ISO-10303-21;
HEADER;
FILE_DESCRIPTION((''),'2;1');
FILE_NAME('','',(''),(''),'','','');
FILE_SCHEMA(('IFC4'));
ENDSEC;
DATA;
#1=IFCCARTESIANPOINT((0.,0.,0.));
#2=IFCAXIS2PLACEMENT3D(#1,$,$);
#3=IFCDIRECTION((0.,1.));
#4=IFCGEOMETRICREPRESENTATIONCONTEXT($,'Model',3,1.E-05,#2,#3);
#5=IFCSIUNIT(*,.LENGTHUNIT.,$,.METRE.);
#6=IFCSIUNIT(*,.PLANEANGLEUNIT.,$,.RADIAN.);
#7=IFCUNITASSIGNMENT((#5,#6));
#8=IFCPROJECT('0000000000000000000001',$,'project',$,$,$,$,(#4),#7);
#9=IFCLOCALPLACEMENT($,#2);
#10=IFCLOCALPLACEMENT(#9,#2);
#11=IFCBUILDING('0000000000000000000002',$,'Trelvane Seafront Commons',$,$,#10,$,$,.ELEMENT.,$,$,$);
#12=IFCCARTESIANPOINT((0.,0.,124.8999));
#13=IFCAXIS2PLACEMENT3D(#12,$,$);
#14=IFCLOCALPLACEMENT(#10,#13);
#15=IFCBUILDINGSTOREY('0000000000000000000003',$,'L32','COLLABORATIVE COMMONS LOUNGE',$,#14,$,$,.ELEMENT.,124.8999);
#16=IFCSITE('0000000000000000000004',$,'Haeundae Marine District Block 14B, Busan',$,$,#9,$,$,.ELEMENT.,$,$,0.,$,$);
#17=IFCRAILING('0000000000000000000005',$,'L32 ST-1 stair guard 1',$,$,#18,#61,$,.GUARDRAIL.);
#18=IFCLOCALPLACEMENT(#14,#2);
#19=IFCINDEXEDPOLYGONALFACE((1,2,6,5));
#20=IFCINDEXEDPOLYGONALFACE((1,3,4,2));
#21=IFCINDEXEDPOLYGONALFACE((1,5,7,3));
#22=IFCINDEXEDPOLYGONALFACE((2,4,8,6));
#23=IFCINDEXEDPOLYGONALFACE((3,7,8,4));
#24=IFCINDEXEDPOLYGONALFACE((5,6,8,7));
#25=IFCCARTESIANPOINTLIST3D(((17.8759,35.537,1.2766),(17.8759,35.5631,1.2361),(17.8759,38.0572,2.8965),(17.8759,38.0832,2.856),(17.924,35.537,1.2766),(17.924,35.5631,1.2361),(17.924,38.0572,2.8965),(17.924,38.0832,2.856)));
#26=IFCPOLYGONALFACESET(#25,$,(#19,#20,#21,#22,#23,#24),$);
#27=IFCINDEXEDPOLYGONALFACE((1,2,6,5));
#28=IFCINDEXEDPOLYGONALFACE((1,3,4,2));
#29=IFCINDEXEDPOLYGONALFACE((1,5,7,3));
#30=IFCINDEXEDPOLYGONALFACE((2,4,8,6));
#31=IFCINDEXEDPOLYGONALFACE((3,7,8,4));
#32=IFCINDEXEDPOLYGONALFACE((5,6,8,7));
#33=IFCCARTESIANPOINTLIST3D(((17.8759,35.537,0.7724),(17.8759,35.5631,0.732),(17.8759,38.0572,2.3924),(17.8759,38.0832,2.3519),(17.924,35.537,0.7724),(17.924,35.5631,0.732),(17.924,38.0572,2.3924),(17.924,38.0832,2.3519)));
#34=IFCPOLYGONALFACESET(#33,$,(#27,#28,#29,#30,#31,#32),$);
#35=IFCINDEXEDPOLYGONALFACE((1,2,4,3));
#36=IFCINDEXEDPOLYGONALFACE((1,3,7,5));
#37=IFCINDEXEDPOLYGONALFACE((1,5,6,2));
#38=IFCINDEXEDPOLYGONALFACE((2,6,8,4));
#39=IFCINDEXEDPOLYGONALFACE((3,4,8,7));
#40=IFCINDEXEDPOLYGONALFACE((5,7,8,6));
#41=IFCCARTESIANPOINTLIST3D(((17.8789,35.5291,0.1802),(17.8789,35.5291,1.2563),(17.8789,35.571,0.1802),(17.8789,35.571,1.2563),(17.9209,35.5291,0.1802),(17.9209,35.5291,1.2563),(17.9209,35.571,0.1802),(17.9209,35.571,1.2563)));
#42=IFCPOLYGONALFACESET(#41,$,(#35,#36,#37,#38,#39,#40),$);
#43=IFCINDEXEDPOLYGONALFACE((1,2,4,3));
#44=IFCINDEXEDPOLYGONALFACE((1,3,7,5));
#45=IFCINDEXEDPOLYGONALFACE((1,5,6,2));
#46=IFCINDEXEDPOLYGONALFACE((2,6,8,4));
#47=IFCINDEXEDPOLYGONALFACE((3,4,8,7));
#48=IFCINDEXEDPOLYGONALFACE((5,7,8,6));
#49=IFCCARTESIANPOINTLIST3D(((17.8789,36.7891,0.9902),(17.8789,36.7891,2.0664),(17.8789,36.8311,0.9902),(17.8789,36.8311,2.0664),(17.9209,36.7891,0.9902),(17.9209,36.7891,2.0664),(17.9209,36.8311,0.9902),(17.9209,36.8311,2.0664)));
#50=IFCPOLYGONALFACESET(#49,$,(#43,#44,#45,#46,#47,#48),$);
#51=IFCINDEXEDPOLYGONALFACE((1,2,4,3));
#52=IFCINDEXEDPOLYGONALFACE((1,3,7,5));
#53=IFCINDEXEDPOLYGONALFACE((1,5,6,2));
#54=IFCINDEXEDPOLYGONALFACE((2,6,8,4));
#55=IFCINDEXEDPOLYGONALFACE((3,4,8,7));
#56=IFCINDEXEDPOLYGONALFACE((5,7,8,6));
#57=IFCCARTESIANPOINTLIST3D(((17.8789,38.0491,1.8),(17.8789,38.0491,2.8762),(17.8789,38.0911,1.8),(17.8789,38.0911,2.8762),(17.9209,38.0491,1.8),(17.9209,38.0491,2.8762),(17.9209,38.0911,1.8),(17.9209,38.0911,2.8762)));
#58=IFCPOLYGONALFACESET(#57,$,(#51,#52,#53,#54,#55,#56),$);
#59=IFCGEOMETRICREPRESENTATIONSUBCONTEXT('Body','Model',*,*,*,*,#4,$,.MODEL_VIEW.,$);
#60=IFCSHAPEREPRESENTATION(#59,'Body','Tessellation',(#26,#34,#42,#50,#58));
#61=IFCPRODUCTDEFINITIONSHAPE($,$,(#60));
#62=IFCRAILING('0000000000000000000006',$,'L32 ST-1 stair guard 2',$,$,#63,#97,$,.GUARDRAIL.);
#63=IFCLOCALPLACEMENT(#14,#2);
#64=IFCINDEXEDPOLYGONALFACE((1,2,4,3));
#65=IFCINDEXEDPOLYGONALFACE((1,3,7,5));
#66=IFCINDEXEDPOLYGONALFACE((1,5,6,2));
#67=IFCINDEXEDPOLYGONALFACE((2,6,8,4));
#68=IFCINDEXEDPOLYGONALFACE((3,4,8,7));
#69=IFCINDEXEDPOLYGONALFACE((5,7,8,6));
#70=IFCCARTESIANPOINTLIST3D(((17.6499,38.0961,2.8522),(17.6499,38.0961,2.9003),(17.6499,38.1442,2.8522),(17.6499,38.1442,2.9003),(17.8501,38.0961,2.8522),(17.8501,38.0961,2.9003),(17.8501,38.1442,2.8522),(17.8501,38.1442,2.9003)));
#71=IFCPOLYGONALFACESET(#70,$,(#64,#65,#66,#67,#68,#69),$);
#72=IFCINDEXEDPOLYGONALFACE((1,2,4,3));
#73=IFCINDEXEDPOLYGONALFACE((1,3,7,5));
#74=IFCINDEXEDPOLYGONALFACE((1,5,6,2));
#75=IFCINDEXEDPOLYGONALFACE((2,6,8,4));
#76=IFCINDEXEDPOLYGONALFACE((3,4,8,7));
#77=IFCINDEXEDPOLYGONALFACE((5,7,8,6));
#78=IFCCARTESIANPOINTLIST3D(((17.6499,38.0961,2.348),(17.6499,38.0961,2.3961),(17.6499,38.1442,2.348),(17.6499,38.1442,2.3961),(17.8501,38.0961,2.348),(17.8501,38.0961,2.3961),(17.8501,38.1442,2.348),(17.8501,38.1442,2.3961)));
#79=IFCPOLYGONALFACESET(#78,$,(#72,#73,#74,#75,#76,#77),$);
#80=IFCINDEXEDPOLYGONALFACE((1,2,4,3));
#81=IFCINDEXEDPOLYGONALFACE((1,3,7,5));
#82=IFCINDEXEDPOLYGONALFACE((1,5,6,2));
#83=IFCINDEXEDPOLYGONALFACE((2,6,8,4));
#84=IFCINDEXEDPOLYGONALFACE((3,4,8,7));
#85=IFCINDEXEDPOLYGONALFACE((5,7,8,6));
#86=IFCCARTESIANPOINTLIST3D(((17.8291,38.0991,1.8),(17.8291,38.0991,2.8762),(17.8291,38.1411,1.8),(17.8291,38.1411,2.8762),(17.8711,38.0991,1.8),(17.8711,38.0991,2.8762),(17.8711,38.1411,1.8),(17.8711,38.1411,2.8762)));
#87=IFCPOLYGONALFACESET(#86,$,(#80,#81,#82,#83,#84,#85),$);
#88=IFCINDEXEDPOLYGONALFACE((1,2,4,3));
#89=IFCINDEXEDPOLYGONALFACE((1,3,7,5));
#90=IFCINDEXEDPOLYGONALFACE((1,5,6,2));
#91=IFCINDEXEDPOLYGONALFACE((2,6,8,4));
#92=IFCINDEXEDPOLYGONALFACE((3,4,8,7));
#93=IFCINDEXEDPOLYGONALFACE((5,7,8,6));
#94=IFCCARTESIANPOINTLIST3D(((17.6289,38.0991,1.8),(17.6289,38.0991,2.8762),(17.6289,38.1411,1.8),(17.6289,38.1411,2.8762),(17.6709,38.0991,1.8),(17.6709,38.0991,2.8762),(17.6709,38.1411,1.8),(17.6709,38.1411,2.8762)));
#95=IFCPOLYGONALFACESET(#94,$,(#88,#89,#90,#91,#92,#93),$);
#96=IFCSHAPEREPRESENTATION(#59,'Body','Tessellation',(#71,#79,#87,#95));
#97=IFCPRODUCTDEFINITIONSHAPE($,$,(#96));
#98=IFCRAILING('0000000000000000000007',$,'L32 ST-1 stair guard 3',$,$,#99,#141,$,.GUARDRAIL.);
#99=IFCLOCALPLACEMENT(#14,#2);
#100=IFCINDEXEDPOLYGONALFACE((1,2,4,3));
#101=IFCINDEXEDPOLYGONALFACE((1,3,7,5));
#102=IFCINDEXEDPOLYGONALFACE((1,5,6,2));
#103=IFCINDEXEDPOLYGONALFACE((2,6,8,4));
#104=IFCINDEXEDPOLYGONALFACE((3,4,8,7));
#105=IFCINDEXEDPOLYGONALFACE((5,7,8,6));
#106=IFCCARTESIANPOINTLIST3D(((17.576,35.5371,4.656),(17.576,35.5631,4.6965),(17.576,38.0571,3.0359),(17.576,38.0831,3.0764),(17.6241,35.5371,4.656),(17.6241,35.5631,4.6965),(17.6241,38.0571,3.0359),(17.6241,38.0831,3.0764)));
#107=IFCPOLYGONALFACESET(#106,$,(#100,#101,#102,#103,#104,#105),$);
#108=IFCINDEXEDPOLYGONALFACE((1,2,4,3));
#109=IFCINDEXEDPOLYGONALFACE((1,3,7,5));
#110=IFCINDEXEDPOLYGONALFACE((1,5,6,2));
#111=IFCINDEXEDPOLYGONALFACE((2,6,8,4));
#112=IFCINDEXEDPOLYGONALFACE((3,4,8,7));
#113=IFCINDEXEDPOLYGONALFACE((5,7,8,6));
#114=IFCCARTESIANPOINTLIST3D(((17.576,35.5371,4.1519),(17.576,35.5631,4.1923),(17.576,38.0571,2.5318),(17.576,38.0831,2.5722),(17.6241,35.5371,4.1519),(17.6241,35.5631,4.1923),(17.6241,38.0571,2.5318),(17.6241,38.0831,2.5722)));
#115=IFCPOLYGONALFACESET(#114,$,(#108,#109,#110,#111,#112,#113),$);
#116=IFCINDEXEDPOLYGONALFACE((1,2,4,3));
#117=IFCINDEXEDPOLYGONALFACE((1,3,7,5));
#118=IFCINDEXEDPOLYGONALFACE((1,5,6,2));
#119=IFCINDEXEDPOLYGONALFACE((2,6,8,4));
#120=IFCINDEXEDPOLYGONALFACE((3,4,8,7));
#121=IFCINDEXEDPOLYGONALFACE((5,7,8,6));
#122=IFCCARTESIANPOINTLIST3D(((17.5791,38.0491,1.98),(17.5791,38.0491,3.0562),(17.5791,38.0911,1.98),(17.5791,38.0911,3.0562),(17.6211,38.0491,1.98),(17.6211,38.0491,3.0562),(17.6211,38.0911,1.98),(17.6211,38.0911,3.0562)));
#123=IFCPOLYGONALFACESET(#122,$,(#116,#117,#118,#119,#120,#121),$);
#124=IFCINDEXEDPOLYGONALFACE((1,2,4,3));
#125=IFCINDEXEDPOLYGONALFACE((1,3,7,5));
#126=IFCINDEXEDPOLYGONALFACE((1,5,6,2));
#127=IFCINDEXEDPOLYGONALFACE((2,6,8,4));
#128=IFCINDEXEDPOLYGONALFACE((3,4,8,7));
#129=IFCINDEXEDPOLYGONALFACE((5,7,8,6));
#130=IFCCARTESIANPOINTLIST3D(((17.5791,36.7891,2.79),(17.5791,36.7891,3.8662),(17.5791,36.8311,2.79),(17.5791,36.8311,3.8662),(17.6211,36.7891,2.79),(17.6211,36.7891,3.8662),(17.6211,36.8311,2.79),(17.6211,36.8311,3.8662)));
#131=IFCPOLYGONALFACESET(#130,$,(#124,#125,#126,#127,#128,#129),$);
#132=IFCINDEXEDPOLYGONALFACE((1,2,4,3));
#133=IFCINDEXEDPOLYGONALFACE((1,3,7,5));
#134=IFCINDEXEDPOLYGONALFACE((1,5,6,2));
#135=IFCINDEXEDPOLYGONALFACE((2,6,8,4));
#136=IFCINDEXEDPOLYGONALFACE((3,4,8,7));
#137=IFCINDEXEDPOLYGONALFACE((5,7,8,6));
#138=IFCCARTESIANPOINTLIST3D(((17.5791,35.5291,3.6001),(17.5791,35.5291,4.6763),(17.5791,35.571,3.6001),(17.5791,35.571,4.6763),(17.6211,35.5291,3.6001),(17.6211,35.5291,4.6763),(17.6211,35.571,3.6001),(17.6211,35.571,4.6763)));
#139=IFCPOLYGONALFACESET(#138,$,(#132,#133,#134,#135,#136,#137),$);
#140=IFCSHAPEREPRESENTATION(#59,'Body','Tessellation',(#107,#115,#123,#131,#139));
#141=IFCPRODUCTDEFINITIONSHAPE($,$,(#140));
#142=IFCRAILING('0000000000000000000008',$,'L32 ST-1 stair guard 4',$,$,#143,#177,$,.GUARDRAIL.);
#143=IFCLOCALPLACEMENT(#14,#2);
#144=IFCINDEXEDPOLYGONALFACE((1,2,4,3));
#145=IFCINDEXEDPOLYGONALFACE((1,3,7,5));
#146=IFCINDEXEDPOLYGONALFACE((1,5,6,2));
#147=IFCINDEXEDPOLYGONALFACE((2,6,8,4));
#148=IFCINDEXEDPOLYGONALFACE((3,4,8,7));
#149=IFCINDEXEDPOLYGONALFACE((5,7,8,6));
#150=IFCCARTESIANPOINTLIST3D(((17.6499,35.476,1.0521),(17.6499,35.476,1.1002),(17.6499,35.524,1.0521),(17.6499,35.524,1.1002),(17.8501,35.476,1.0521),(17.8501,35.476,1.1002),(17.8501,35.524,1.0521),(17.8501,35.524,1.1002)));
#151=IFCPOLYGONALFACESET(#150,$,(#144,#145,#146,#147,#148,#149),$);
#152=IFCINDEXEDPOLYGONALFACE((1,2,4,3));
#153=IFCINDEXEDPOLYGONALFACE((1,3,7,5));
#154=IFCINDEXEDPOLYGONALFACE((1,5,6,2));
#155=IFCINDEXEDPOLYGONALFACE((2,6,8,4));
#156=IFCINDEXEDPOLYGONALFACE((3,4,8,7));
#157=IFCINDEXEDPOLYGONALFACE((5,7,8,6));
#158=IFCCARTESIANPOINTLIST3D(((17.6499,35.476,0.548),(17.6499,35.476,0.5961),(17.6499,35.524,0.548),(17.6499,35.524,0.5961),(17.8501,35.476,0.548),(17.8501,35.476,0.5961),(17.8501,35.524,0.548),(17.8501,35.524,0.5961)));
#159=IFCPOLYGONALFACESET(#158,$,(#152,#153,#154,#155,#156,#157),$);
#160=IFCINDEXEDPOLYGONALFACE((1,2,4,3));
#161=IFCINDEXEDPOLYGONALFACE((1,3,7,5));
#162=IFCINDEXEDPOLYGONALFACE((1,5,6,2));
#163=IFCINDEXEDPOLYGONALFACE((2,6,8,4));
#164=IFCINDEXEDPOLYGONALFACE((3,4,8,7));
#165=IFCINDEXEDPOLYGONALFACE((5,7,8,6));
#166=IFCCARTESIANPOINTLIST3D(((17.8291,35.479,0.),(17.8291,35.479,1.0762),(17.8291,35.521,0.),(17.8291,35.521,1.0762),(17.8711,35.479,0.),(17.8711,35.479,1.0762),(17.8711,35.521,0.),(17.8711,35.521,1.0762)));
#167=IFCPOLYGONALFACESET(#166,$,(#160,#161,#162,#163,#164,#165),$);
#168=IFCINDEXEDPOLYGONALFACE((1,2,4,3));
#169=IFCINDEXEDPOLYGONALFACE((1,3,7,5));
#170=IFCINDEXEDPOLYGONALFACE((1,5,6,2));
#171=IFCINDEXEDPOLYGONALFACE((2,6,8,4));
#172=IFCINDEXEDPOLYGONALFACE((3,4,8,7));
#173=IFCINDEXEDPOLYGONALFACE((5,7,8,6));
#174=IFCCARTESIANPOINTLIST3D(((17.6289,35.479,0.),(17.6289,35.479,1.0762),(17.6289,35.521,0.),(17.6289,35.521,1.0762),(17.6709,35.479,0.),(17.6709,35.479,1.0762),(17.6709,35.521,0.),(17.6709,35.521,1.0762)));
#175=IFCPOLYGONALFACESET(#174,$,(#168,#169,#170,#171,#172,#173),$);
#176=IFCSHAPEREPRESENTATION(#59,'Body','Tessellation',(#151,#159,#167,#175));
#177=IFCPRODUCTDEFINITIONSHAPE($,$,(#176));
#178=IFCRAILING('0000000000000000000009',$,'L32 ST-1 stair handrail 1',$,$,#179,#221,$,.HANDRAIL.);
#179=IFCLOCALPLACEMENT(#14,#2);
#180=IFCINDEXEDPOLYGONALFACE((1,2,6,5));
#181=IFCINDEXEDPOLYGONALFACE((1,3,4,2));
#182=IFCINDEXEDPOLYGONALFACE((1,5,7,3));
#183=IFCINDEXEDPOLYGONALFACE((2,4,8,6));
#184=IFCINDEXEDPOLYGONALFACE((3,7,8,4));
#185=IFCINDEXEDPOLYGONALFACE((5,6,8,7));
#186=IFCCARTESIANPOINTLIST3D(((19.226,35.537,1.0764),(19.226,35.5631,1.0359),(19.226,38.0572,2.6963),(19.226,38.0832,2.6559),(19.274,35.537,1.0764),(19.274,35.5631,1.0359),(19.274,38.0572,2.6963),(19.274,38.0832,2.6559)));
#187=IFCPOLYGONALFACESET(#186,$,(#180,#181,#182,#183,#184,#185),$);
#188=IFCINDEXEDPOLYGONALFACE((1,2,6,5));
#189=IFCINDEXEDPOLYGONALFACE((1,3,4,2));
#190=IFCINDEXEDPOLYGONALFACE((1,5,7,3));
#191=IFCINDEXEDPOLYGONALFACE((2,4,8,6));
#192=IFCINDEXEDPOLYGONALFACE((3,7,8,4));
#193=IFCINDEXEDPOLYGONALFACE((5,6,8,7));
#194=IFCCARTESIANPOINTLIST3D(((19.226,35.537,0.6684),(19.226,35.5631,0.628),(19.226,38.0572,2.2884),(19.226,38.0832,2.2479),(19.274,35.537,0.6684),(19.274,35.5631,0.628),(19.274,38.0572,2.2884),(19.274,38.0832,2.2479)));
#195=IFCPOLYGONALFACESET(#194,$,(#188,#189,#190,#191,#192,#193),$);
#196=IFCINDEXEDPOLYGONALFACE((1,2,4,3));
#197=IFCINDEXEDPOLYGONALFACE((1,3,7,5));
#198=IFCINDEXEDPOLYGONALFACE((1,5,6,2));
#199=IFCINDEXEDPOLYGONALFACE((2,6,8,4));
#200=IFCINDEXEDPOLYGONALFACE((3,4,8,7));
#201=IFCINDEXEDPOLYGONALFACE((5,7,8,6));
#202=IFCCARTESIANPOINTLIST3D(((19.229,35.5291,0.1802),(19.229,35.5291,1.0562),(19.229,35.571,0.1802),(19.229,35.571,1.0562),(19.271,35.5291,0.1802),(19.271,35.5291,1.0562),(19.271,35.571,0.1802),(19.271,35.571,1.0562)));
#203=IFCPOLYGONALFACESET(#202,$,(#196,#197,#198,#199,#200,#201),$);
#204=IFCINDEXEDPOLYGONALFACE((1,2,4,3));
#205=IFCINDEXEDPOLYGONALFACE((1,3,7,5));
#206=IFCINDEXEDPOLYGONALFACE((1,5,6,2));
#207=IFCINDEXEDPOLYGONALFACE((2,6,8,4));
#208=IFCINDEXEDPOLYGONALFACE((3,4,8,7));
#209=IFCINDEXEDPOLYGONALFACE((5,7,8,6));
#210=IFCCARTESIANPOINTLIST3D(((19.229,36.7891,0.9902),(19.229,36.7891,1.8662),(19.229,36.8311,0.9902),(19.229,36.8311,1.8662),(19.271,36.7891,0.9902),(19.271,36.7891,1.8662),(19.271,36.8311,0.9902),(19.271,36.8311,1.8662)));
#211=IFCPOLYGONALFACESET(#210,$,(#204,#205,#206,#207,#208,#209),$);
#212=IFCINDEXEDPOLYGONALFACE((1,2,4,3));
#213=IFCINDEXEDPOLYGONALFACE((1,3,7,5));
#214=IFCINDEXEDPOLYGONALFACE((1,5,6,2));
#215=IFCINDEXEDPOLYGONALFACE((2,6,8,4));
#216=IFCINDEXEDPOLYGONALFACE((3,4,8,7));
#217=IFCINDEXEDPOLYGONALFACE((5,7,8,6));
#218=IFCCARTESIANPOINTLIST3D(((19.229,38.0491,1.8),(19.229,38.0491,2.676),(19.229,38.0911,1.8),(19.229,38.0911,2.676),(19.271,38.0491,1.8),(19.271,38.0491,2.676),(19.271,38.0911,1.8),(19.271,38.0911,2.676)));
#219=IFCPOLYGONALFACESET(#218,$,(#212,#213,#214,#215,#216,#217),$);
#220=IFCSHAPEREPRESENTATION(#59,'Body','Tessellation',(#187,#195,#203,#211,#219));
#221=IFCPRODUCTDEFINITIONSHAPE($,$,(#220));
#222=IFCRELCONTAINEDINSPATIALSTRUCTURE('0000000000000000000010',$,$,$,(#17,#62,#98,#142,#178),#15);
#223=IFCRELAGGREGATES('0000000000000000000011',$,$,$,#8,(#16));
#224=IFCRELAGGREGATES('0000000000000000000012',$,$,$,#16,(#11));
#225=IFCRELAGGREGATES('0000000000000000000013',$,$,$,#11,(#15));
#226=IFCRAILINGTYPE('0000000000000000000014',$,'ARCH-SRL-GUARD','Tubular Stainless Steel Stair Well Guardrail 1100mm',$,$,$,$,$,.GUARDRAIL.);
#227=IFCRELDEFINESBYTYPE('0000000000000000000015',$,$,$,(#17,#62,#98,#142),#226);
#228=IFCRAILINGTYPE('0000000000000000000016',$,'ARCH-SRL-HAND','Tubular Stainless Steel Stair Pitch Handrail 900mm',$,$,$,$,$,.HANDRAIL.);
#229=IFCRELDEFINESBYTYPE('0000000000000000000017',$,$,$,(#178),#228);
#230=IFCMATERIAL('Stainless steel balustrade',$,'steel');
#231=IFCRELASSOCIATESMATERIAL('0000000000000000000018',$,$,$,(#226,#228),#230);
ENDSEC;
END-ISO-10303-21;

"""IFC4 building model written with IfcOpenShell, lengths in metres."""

from ifc_helpers import new_model, si_unit, direction, frame, origin, origin_2d, place, context, subcontext, project, spatial, rectangle, extrude, material, type_object, element, save


model = new_model("IFC4")

# Units and contexts
model_context = context("Model", 3, precision=1e-05, world=origin(), true_north=direction((0.0, 1.0)))
body_context = subcontext(model_context, "Body", "Model", "MODEL_VIEW")
ifc_project = project(units=[si_unit("LENGTHUNIT", "METRE"), si_unit("PLANEANGLEUNIT", "RADIAN")], contexts=[model_context])

# Site, building, storey
site_placement = place(None, origin())
site = spatial("IfcSite", under=ifc_project, at=site_placement, Name="Haeundae Marine District Block 14B, Busan", CompositionType="ELEMENT", RefElevation=0.0)
building_placement = place(site_placement, origin())
building = spatial("IfcBuilding", under=site, at=building_placement, Name="Trelvane Seafront Commons", CompositionType="ELEMENT")
storey_placement = place(building_placement, frame((0.0, 0.0, 124.8999)))
storey = spatial("IfcBuildingStorey", under=building, at=storey_placement, Name="L32", Description="COLLABORATIVE COMMONS LOUNGE", CompositionType="ELEMENT", Elevation=124.8999)

# Shared definitions
ifc_material_1 = material(Name="Stainless steel balustrade", Category="steel")

# Railings
railing_type_1 = type_object("IfcRailingType", Name="ARCH-SRL-GUARD", Description="Tubular Stainless Steel Stair Well Guardrail 1100mm", PredefinedType="GUARDRAIL", material=ifc_material_1)
railing_1_placement = place(storey_placement, frame((17.8999, 35.55, 0.1802)))
element("IfcRailing", 1, at=railing_1_placement, inside=storey, type_object=railing_type_1, Name="L32 ST-1 stair guard 1", PredefinedType="GUARDRAIL", context=body_context, shape_type="SweptSolid", body=[
    extrude(rectangle(XDim=0.0481, YDim=0.0481, at=origin_2d()), frame((0.0, 0.0, 1.0762), z_axis=(0.0, 0.8412, 0.540725), x_axis=(-1.0, 0.0, 0.0)), (0.0, 0.0, 1.0), 2.9958),
    extrude(rectangle(XDim=0.0481, YDim=0.0481, at=origin_2d()), frame((0.0, 0.0, 0.572), z_axis=(0.0, 0.8412, 0.540725), x_axis=(-1.0, 0.0, 0.0)), (0.0, 0.0, 1.0), 2.9958),
    extrude(rectangle(XDim=0.042, YDim=0.042, at=origin_2d()), origin(), (0.0, 0.0, 1.0), 1.0762),
    extrude(rectangle(XDim=0.042, YDim=0.042, at=origin_2d()), frame((0.0, 1.26, 0.8101)), (0.0, 0.0, 1.0), 1.0762),
    extrude(rectangle(XDim=0.042, YDim=0.042, at=origin_2d()), frame((0.0, 2.52, 1.6199)), (0.0, 0.0, 1.0), 1.0762),
])
railing_2_placement = place(storey_placement, frame((17.8501, 38.1201, 1.8)))
element("IfcRailing", 2, at=railing_2_placement, inside=storey, type_object=railing_type_1, Name="L32 ST-1 stair guard 2", PredefinedType="GUARDRAIL", context=body_context, shape_type="SweptSolid", body=[
    extrude(rectangle(XDim=0.0481, YDim=0.0481, at=origin_2d()), frame((0.0, 0.0, 1.0762), z_axis=(-1.0, 0.0, 0.0), x_axis=(0.0, -1.0, 0.0)), (0.0, 0.0, 1.0), 0.2002),
    extrude(rectangle(XDim=0.0481, YDim=0.0481, at=origin_2d()), frame((0.0, 0.0, 0.572), z_axis=(-1.0, 0.0, 0.0), x_axis=(0.0, -1.0, 0.0)), (0.0, 0.0, 1.0), 0.2002),
    extrude(rectangle(XDim=0.042, YDim=0.042, at=origin_2d()), origin(), (0.0, 0.0, 1.0), 1.0762),
    extrude(rectangle(XDim=0.042, YDim=0.042, at=origin_2d()), frame((-0.2002, 0.0, 0.0)), (0.0, 0.0, 1.0), 1.0762),
])
railing_3_placement = place(storey_placement, frame((17.6001, 38.0701, 1.98)))
element("IfcRailing", 3, at=railing_3_placement, inside=storey, type_object=railing_type_1, Name="L32 ST-1 stair guard 3", PredefinedType="GUARDRAIL", context=body_context, shape_type="SweptSolid", body=[
    extrude(rectangle(XDim=0.0481, YDim=0.0481, at=origin_2d()), frame((0.0, 0.0, 1.0762), z_axis=(0.0, -0.841163, 0.540782), x_axis=(1.0, 0.0, 0.0)), (0.0, 0.0, 1.0), 2.9958),
    extrude(rectangle(XDim=0.0481, YDim=0.0481, at=origin_2d()), frame((0.0, 0.0, 0.572), z_axis=(0.0, -0.841163, 0.540782), x_axis=(1.0, 0.0, 0.0)), (0.0, 0.0, 1.0), 2.9958),
    extrude(rectangle(XDim=0.042, YDim=0.042, at=origin_2d()), origin(), (0.0, 0.0, 1.0), 1.0762),
    extrude(rectangle(XDim=0.042, YDim=0.042, at=origin_2d()), frame((0.0, -1.26, 0.8101)), (0.0, 0.0, 1.0), 1.0762),
    extrude(rectangle(XDim=0.042, YDim=0.042, at=origin_2d()), frame((0.0, -2.52, 1.6201)), (0.0, 0.0, 1.0), 1.0762),
])
railing_4_placement = place(storey_placement, frame((17.8501, 35.5, 0.0)))
element("IfcRailing", 4, at=railing_4_placement, inside=storey, type_object=railing_type_1, Name="L32 ST-1 stair guard 4", PredefinedType="GUARDRAIL", context=body_context, shape_type="SweptSolid", body=[
    extrude(rectangle(XDim=0.0481, YDim=0.0481, at=origin_2d()), frame((0.0, 0.0, 1.0762), z_axis=(-1.0, 0.0, 0.0), x_axis=(0.0, -1.0, 0.0)), (0.0, 0.0, 1.0), 0.2002),
    extrude(rectangle(XDim=0.0481, YDim=0.0481, at=origin_2d()), frame((0.0, 0.0, 0.572), z_axis=(-1.0, 0.0, 0.0), x_axis=(0.0, -1.0, 0.0)), (0.0, 0.0, 1.0), 0.2002),
    extrude(rectangle(XDim=0.042, YDim=0.042, at=origin_2d()), origin(), (0.0, 0.0, 1.0), 1.0762),
    extrude(rectangle(XDim=0.042, YDim=0.042, at=origin_2d()), frame((-0.2002, 0.0, 0.0)), (0.0, 0.0, 1.0), 1.0762),
])
railing_type_2 = type_object("IfcRailingType", Name="ARCH-SRL-HAND", Description="Tubular Stainless Steel Stair Pitch Handrail 900mm", PredefinedType="HANDRAIL", material=ifc_material_1)
railing_5_placement = place(storey_placement, frame((19.25, 35.55, 0.1802)))
element("IfcRailing", 5, at=railing_5_placement, inside=storey, type_object=railing_type_2, Name="L32 ST-1 stair handrail 1", PredefinedType="HANDRAIL", context=body_context, shape_type="SweptSolid", body=[
    extrude(rectangle(XDim=0.0481, YDim=0.0481, at=origin_2d()), frame((0.0, 0.0, 0.876), z_axis=(0.0, 0.8412, 0.540725), x_axis=(-1.0, 0.0, 0.0)), (0.0, 0.0, 1.0), 2.9958),
    extrude(rectangle(XDim=0.0481, YDim=0.0481, at=origin_2d()), frame((0.0, 0.0, 0.468), z_axis=(0.0, 0.8412, 0.540725), x_axis=(-1.0, 0.0, 0.0)), (0.0, 0.0, 1.0), 2.9958),
    extrude(rectangle(XDim=0.042, YDim=0.042, at=origin_2d()), origin(), (0.0, 0.0, 1.0), 0.876),
    extrude(rectangle(XDim=0.042, YDim=0.042, at=origin_2d()), frame((0.0, 1.26, 0.8101)), (0.0, 0.0, 1.0), 0.876),
    extrude(rectangle(XDim=0.042, YDim=0.042, at=origin_2d()), frame((0.0, 2.52, 1.6199)), (0.0, 0.0, 1.0), 0.876),
])

save(model, "model.ifc")
